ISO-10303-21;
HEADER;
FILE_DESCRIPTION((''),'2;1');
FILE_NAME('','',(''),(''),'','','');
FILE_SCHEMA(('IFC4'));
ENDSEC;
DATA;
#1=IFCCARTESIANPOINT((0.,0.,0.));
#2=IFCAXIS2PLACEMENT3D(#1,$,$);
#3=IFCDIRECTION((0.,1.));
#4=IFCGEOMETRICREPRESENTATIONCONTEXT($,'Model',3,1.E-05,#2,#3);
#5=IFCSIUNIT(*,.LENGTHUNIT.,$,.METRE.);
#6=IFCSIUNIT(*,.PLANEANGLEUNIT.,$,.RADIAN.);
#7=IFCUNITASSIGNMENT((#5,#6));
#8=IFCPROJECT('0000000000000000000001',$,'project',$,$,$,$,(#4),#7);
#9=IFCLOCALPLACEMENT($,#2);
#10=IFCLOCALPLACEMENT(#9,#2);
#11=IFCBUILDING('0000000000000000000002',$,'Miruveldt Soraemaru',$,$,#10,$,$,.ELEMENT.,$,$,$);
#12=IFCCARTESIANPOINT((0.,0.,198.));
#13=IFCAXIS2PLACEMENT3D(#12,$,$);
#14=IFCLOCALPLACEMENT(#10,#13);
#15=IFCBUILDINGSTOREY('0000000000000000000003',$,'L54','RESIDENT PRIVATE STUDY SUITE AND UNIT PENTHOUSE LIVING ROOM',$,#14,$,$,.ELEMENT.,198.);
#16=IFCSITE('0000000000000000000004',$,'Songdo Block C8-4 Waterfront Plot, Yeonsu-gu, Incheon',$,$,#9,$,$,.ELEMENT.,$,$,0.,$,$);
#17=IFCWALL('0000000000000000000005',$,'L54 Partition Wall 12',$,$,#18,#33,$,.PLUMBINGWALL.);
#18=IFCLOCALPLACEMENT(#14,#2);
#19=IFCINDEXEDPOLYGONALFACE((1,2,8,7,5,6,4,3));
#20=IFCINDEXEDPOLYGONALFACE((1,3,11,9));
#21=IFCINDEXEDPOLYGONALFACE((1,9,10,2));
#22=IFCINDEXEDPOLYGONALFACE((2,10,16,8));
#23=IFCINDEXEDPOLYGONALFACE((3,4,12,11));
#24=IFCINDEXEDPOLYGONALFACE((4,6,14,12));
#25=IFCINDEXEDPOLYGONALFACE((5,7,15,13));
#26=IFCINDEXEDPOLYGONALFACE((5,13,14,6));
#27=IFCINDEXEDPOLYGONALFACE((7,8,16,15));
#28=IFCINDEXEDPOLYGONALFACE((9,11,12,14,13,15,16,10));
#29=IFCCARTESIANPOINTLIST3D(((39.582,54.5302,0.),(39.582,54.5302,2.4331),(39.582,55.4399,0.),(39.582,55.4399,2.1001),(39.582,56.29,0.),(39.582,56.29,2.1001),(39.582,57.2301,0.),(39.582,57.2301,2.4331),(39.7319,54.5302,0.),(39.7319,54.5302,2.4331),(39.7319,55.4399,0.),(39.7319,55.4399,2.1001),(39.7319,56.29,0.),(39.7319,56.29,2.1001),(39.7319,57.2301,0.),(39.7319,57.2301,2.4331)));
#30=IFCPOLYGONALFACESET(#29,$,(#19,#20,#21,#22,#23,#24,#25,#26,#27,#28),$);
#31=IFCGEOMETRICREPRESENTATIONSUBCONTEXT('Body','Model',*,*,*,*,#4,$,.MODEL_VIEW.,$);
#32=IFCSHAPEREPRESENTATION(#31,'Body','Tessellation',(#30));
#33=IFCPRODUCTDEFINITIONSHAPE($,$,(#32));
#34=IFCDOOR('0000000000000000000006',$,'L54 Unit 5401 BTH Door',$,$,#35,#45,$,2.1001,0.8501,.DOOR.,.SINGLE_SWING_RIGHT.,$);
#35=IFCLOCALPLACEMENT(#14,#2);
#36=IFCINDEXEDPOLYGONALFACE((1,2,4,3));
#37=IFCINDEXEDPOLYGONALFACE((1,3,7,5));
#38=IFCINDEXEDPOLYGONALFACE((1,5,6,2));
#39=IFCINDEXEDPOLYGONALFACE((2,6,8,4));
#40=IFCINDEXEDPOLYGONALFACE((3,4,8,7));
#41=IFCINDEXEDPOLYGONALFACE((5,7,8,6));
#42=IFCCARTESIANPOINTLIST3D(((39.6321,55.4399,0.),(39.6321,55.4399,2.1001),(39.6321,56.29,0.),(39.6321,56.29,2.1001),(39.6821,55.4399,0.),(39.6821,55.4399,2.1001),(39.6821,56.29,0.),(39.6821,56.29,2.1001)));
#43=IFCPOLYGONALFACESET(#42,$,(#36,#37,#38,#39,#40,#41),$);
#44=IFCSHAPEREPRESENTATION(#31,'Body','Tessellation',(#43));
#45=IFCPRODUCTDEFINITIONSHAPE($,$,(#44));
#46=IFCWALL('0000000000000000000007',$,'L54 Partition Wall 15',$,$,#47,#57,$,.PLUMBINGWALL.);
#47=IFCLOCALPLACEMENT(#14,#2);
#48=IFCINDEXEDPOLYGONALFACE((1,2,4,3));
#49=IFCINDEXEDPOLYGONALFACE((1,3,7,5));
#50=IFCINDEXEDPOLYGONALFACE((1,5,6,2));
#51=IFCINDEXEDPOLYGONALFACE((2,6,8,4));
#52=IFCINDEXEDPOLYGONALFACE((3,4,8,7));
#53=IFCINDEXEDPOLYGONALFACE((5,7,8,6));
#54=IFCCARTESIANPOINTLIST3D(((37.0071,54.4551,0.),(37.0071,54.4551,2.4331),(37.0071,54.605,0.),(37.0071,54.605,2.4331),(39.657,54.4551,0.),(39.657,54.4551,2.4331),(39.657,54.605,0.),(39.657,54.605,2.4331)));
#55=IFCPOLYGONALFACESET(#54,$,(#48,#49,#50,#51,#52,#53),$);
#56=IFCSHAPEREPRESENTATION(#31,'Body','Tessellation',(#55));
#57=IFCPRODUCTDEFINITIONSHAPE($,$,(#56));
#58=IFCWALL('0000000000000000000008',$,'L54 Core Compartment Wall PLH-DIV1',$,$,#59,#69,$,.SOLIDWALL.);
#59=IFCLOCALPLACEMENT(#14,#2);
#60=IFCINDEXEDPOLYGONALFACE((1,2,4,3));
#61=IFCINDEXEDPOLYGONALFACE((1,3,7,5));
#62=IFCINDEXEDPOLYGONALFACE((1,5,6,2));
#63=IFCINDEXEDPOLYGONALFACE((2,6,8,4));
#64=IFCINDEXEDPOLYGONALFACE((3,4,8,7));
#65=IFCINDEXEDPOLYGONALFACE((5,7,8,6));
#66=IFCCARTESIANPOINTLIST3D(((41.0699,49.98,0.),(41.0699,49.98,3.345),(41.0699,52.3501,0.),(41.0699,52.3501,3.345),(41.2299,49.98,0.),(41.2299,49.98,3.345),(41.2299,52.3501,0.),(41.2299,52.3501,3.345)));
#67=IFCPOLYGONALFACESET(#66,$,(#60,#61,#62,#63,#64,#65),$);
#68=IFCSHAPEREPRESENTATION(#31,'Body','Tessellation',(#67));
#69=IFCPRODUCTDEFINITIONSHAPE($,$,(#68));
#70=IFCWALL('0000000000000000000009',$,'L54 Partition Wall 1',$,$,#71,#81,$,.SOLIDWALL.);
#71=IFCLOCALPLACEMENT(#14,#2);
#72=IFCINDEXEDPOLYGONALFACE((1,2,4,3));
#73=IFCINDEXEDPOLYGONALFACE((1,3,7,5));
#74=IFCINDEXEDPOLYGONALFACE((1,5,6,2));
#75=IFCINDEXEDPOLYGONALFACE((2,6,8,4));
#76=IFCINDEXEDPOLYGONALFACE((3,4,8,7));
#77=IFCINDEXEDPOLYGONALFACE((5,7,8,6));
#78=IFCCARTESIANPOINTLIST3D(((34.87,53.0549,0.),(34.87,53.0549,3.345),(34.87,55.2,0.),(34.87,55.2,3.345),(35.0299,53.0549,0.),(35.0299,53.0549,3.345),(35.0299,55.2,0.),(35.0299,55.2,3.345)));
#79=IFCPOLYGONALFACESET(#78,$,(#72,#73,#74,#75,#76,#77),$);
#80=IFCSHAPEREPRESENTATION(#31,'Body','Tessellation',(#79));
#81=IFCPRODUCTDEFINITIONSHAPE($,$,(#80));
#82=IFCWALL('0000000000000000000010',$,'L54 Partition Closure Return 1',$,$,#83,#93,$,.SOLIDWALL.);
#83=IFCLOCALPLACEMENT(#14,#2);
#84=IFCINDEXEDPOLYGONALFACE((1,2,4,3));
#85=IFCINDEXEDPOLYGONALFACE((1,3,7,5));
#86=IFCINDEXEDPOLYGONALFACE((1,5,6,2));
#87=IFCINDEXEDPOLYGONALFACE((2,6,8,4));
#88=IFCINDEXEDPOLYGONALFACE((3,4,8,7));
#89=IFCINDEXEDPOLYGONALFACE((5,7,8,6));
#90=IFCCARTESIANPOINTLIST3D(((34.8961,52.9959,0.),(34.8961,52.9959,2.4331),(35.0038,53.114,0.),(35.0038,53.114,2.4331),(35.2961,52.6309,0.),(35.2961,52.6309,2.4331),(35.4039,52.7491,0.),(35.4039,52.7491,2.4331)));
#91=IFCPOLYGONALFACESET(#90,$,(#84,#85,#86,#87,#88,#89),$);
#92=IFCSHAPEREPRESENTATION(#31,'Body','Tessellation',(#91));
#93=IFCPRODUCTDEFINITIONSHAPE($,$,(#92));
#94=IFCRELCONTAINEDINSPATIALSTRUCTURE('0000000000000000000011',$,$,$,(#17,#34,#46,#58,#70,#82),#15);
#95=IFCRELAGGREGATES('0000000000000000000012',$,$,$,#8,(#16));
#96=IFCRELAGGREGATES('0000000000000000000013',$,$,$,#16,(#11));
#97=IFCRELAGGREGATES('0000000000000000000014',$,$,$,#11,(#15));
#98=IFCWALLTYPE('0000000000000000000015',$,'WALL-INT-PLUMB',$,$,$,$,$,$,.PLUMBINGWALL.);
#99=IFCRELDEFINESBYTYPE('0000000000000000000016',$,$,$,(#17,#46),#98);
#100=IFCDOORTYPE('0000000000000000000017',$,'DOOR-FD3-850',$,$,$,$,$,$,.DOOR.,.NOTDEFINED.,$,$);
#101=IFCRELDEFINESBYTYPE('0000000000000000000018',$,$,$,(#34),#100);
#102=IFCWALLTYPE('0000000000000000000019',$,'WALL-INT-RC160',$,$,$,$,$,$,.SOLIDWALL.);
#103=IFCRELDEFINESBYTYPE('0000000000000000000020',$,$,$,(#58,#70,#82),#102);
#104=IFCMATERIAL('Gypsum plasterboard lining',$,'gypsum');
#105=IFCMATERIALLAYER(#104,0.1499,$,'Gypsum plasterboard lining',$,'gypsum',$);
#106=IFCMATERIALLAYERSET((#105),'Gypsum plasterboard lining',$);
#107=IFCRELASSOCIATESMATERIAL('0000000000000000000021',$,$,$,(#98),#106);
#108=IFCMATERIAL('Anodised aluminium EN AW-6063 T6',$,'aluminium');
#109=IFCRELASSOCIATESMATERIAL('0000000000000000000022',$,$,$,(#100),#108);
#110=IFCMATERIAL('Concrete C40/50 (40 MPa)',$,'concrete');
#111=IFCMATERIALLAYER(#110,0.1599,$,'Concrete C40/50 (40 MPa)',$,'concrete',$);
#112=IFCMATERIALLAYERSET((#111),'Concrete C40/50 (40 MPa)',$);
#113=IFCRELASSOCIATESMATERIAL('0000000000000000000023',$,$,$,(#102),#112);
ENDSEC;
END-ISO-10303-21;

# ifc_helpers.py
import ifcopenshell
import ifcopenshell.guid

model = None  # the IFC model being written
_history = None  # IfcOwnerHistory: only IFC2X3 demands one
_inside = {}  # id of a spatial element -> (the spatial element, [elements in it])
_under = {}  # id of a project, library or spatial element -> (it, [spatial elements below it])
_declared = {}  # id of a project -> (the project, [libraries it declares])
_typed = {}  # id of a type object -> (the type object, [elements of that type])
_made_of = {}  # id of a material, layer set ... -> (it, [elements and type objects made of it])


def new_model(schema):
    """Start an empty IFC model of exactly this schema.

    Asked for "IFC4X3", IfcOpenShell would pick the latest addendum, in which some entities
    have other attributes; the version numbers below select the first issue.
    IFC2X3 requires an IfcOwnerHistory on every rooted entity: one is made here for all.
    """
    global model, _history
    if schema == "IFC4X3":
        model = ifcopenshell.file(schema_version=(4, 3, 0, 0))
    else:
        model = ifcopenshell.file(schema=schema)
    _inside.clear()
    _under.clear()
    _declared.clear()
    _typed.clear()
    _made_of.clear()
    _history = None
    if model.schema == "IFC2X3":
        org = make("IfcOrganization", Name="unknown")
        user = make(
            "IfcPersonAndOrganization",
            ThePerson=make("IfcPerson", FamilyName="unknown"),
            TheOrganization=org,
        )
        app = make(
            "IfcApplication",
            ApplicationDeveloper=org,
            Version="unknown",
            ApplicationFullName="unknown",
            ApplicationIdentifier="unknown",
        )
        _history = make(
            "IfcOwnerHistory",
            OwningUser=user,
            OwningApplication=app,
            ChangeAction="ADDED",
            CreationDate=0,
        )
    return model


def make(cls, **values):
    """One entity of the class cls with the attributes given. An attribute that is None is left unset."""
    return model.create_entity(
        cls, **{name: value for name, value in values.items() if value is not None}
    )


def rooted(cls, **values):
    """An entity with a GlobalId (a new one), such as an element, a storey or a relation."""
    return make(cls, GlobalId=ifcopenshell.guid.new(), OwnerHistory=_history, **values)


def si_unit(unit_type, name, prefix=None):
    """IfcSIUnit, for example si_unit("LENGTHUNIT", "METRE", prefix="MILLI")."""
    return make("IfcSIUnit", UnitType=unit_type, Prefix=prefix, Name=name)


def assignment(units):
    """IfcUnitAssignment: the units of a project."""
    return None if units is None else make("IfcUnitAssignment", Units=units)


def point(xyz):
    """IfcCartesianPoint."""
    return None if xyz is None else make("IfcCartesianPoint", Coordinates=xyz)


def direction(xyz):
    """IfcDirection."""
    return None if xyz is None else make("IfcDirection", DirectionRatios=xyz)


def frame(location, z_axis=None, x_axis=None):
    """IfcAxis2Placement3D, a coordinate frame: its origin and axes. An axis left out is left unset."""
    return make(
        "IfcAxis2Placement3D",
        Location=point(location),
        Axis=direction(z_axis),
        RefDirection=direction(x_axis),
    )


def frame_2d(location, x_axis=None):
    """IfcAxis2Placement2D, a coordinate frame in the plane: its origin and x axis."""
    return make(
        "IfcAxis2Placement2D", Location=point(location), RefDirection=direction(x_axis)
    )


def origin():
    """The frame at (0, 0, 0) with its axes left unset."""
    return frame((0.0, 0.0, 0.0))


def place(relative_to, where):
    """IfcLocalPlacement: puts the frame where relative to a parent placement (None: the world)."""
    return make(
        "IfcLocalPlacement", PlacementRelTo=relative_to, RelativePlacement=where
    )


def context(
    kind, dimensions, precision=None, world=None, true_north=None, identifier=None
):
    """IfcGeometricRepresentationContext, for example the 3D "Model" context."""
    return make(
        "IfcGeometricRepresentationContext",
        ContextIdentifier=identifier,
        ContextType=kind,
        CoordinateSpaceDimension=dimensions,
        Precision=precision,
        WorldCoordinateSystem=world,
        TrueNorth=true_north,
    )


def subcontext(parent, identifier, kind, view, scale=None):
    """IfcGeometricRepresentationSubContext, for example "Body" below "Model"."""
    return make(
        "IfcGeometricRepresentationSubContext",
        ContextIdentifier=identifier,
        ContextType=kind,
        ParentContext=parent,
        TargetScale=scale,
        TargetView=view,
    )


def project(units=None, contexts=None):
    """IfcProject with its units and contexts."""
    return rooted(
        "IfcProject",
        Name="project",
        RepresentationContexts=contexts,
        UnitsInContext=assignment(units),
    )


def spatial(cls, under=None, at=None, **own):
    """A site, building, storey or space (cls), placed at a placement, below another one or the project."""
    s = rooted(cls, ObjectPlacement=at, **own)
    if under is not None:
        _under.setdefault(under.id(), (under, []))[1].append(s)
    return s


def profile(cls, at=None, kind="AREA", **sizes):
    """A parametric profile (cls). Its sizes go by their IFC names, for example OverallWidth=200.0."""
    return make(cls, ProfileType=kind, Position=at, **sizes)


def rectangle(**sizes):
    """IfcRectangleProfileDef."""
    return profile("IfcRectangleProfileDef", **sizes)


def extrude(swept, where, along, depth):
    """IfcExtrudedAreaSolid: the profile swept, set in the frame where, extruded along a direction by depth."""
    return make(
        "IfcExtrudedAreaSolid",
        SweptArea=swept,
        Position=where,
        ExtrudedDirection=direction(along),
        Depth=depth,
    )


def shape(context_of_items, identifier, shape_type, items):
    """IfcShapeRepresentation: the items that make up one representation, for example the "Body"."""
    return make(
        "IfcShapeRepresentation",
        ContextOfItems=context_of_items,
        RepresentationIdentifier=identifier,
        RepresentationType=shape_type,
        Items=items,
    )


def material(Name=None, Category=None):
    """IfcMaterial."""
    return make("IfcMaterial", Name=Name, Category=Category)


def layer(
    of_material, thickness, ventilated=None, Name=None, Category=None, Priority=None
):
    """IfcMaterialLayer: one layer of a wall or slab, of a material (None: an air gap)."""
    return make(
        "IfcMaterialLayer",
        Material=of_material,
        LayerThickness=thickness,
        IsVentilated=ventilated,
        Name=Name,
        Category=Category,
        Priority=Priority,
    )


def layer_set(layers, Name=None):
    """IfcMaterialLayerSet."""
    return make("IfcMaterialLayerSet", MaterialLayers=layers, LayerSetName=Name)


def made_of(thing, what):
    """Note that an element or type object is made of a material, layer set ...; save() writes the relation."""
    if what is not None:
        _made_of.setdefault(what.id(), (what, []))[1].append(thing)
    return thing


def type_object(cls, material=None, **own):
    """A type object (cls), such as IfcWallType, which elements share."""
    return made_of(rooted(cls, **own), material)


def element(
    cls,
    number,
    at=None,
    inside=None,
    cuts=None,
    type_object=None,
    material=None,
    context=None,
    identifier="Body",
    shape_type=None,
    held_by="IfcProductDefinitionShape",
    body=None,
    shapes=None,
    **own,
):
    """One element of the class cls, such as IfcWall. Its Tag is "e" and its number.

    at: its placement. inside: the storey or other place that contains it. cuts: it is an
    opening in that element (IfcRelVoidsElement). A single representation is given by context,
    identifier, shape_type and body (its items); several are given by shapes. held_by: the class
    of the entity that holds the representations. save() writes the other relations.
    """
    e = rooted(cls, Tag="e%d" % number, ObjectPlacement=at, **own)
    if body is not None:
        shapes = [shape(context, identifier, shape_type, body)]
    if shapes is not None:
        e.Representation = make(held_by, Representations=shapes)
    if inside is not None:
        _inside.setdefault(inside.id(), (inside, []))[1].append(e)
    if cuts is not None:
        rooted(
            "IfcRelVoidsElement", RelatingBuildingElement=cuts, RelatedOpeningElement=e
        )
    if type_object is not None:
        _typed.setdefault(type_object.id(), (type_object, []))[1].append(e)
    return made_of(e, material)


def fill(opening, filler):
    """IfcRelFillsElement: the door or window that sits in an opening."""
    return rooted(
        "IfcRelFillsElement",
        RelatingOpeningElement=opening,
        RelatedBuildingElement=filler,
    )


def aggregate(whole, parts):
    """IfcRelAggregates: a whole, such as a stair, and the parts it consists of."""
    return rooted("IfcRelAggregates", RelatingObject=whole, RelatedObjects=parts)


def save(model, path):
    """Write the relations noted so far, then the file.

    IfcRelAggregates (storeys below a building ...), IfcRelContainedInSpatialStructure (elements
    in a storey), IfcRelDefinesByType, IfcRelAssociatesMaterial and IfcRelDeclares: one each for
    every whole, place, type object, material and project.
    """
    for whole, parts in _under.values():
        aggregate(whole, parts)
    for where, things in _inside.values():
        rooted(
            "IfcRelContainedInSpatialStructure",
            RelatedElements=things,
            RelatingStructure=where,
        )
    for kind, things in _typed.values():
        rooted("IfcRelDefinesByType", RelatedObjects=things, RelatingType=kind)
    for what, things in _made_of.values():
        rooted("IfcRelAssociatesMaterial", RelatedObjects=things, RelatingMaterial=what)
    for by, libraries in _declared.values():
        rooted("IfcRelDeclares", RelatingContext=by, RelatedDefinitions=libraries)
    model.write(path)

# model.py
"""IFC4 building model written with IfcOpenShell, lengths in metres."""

from ifc_helpers import new_model, si_unit, direction, frame, frame_2d, origin, place, context, subcontext, project, spatial, rectangle, extrude, material, layer, layer_set, type_object, element, fill, save


model = new_model("IFC4")

# Units and contexts
model_context = context("Model", 3, precision=1e-05, world=origin(), true_north=direction((0.0, 1.0)))
body_context = subcontext(model_context, "Body", "Model", "MODEL_VIEW")
ifc_project = project(units=[si_unit("LENGTHUNIT", "METRE"), si_unit("PLANEANGLEUNIT", "RADIAN")], contexts=[model_context])

# Site, building, storey
site_placement = place(None, origin())
site = spatial("IfcSite", under=ifc_project, at=site_placement, Name="Songdo Block C8-4 Waterfront Plot, Yeonsu-gu, Incheon", CompositionType="ELEMENT", RefElevation=0.0)
building_placement = place(site_placement, origin())
building = spatial("IfcBuilding", under=site, at=building_placement, Name="Miruveldt Soraemaru", CompositionType="ELEMENT")
storey_placement = place(building_placement, frame((0.0, 0.0, 198.0)))
storey = spatial("IfcBuildingStorey", under=building, at=storey_placement, Name="L54", Description="RESIDENT PRIVATE STUDY SUITE AND UNIT PENTHOUSE LIVING ROOM", CompositionType="ELEMENT", Elevation=198.0)

# Shared definitions
ifc_material_1 = material(Name="Anodised aluminium EN AW-6063 T6", Category="aluminium")

# Wall, opening, door
ifc_material_2 = material(Name="Gypsum plasterboard lining", Category="gypsum")
ifc_layer_1 = layer(ifc_material_2, 0.1499, Name="Gypsum plasterboard lining", Category="gypsum")
ifc_layer_set_1 = layer_set([ifc_layer_1], Name="Gypsum plasterboard lining")
wall_type_1 = type_object("IfcWallType", Name="WALL-INT-PLUMB", PredefinedType="PLUMBINGWALL", material=ifc_layer_set_1)
wall_1_placement = place(storey_placement, frame((39.657, 54.53, 0.0), z_axis=(0.0, 0.0, 1.0), x_axis=(0.0, 1.0, 0.0)))
wall_1 = element("IfcWall", 1, at=wall_1_placement, inside=storey, type_object=wall_type_1, Name="L54 Partition Wall 12", PredefinedType="PLUMBINGWALL", context=body_context, shape_type="SweptSolid", body=[
    extrude(rectangle(XDim=2.7, YDim=0.1499, at=frame_2d((1.3501, 0.0))), origin(), (0.0, 0.0, 1.0), 2.4331),
])
opening_1_placement = place(wall_1_placement, frame((0.9099, 0.0, 0.0)))
opening_1 = element("IfcOpeningElement", 2, at=opening_1_placement, cuts=wall_1, PredefinedType="OPENING", context=body_context, shape_type="SweptSolid", body=[
    extrude(rectangle(XDim=0.8501, YDim=2.1001, at=frame_2d((0.425, 1.05))), frame((0.0, 0.085, 0.0), z_axis=(0.0, -1.0, 0.0), x_axis=(1.0, 0.0, 0.0)), (0.0, 0.0, 1.0), 0.1699),
])
door_type_1 = type_object("IfcDoorType", Name="DOOR-FD3-850", OperationType="NOTDEFINED", PredefinedType="DOOR", material=ifc_material_1)
door_1_placement = place(opening_1_placement, origin())
door_1 = element("IfcDoor", 3, at=door_1_placement, inside=storey, type_object=door_type_1, Name="L54 Unit 5401 BTH Door", OperationType="SINGLE_SWING_RIGHT", OverallHeight=2.1001, OverallWidth=0.8501, PredefinedType="DOOR", context=body_context, shape_type="SweptSolid", body=[
    extrude(rectangle(XDim=0.8501, YDim=2.1001, at=frame_2d((0.425, 1.05))), frame((0.0, 0.0249, 0.0), z_axis=(0.0, -1.0, 0.0), x_axis=(1.0, 0.0, 0.0)), (0.0, 0.0, 1.0), 0.05),
])
fill(opening_1, door_1)

# Walls
wall_2_placement = place(storey_placement, frame((37.0071, 54.53, 0.0), z_axis=(0.0, 0.0, 1.0), x_axis=(1.0, 0.0, 0.0)))
element("IfcWall", 4, at=wall_2_placement, inside=storey, type_object=wall_type_1, Name="L54 Partition Wall 15", PredefinedType="PLUMBINGWALL", context=body_context, shape_type="SweptSolid", body=[
    extrude(rectangle(XDim=2.6499, YDim=0.1499, at=frame_2d((1.325, 0.0))), origin(), (0.0, 0.0, 1.0), 2.4331),
])
ifc_material_3 = material(Name="Concrete C40/50 (40 MPa)", Category="concrete")
ifc_layer_2 = layer(ifc_material_3, 0.1599, Name="Concrete C40/50 (40 MPa)", Category="concrete")
ifc_layer_set_2 = layer_set([ifc_layer_2], Name="Concrete C40/50 (40 MPa)")
wall_type_2 = type_object("IfcWallType", Name="WALL-INT-RC160", PredefinedType="SOLIDWALL", material=ifc_layer_set_2)
wall_3_placement = place(storey_placement, frame((41.1499, 49.98, 0.0), z_axis=(0.0, 0.0, 1.0), x_axis=(0.0, 1.0, 0.0)))
element("IfcWall", 5, at=wall_3_placement, inside=storey, type_object=wall_type_2, Name="L54 Core Compartment Wall PLH-DIV1", PredefinedType="SOLIDWALL", context=body_context, shape_type="SweptSolid", body=[
    extrude(rectangle(XDim=2.3701, YDim=0.1599, at=frame_2d((1.1851, 0.0))), origin(), (0.0, 0.0, 1.0), 3.345),
])
wall_4_placement = place(storey_placement, frame((34.95, 53.0549, 0.0), z_axis=(0.0, 0.0, 1.0), x_axis=(0.0, 1.0, 0.0)))
element("IfcWall", 6, at=wall_4_placement, inside=storey, type_object=wall_type_2, Name="L54 Partition Wall 1", PredefinedType="SOLIDWALL", context=body_context, shape_type="SweptSolid", body=[
    extrude(rectangle(XDim=2.145, YDim=0.1599, at=frame_2d((1.0725, 0.0))), origin(), (0.0, 0.0, 1.0), 3.345),
])
wall_5_placement = place(storey_placement, frame((34.95, 53.0549, 0.0), z_axis=(0.0, 0.0, 1.0), x_axis=(0.738817, -0.673906, 0.0)))
element("IfcWall", 7, at=wall_5_placement, inside=storey, type_object=wall_type_2, Name="L54 Partition Closure Return 1", PredefinedType="SOLIDWALL", context=body_context, shape_type="SweptSolid", body=[
    extrude(rectangle(XDim=0.5415, YDim=0.1599, at=frame_2d((0.2708, 0.0))), origin(), (0.0, 0.0, 1.0), 2.4331),
])

save(model, "model.ifc")
